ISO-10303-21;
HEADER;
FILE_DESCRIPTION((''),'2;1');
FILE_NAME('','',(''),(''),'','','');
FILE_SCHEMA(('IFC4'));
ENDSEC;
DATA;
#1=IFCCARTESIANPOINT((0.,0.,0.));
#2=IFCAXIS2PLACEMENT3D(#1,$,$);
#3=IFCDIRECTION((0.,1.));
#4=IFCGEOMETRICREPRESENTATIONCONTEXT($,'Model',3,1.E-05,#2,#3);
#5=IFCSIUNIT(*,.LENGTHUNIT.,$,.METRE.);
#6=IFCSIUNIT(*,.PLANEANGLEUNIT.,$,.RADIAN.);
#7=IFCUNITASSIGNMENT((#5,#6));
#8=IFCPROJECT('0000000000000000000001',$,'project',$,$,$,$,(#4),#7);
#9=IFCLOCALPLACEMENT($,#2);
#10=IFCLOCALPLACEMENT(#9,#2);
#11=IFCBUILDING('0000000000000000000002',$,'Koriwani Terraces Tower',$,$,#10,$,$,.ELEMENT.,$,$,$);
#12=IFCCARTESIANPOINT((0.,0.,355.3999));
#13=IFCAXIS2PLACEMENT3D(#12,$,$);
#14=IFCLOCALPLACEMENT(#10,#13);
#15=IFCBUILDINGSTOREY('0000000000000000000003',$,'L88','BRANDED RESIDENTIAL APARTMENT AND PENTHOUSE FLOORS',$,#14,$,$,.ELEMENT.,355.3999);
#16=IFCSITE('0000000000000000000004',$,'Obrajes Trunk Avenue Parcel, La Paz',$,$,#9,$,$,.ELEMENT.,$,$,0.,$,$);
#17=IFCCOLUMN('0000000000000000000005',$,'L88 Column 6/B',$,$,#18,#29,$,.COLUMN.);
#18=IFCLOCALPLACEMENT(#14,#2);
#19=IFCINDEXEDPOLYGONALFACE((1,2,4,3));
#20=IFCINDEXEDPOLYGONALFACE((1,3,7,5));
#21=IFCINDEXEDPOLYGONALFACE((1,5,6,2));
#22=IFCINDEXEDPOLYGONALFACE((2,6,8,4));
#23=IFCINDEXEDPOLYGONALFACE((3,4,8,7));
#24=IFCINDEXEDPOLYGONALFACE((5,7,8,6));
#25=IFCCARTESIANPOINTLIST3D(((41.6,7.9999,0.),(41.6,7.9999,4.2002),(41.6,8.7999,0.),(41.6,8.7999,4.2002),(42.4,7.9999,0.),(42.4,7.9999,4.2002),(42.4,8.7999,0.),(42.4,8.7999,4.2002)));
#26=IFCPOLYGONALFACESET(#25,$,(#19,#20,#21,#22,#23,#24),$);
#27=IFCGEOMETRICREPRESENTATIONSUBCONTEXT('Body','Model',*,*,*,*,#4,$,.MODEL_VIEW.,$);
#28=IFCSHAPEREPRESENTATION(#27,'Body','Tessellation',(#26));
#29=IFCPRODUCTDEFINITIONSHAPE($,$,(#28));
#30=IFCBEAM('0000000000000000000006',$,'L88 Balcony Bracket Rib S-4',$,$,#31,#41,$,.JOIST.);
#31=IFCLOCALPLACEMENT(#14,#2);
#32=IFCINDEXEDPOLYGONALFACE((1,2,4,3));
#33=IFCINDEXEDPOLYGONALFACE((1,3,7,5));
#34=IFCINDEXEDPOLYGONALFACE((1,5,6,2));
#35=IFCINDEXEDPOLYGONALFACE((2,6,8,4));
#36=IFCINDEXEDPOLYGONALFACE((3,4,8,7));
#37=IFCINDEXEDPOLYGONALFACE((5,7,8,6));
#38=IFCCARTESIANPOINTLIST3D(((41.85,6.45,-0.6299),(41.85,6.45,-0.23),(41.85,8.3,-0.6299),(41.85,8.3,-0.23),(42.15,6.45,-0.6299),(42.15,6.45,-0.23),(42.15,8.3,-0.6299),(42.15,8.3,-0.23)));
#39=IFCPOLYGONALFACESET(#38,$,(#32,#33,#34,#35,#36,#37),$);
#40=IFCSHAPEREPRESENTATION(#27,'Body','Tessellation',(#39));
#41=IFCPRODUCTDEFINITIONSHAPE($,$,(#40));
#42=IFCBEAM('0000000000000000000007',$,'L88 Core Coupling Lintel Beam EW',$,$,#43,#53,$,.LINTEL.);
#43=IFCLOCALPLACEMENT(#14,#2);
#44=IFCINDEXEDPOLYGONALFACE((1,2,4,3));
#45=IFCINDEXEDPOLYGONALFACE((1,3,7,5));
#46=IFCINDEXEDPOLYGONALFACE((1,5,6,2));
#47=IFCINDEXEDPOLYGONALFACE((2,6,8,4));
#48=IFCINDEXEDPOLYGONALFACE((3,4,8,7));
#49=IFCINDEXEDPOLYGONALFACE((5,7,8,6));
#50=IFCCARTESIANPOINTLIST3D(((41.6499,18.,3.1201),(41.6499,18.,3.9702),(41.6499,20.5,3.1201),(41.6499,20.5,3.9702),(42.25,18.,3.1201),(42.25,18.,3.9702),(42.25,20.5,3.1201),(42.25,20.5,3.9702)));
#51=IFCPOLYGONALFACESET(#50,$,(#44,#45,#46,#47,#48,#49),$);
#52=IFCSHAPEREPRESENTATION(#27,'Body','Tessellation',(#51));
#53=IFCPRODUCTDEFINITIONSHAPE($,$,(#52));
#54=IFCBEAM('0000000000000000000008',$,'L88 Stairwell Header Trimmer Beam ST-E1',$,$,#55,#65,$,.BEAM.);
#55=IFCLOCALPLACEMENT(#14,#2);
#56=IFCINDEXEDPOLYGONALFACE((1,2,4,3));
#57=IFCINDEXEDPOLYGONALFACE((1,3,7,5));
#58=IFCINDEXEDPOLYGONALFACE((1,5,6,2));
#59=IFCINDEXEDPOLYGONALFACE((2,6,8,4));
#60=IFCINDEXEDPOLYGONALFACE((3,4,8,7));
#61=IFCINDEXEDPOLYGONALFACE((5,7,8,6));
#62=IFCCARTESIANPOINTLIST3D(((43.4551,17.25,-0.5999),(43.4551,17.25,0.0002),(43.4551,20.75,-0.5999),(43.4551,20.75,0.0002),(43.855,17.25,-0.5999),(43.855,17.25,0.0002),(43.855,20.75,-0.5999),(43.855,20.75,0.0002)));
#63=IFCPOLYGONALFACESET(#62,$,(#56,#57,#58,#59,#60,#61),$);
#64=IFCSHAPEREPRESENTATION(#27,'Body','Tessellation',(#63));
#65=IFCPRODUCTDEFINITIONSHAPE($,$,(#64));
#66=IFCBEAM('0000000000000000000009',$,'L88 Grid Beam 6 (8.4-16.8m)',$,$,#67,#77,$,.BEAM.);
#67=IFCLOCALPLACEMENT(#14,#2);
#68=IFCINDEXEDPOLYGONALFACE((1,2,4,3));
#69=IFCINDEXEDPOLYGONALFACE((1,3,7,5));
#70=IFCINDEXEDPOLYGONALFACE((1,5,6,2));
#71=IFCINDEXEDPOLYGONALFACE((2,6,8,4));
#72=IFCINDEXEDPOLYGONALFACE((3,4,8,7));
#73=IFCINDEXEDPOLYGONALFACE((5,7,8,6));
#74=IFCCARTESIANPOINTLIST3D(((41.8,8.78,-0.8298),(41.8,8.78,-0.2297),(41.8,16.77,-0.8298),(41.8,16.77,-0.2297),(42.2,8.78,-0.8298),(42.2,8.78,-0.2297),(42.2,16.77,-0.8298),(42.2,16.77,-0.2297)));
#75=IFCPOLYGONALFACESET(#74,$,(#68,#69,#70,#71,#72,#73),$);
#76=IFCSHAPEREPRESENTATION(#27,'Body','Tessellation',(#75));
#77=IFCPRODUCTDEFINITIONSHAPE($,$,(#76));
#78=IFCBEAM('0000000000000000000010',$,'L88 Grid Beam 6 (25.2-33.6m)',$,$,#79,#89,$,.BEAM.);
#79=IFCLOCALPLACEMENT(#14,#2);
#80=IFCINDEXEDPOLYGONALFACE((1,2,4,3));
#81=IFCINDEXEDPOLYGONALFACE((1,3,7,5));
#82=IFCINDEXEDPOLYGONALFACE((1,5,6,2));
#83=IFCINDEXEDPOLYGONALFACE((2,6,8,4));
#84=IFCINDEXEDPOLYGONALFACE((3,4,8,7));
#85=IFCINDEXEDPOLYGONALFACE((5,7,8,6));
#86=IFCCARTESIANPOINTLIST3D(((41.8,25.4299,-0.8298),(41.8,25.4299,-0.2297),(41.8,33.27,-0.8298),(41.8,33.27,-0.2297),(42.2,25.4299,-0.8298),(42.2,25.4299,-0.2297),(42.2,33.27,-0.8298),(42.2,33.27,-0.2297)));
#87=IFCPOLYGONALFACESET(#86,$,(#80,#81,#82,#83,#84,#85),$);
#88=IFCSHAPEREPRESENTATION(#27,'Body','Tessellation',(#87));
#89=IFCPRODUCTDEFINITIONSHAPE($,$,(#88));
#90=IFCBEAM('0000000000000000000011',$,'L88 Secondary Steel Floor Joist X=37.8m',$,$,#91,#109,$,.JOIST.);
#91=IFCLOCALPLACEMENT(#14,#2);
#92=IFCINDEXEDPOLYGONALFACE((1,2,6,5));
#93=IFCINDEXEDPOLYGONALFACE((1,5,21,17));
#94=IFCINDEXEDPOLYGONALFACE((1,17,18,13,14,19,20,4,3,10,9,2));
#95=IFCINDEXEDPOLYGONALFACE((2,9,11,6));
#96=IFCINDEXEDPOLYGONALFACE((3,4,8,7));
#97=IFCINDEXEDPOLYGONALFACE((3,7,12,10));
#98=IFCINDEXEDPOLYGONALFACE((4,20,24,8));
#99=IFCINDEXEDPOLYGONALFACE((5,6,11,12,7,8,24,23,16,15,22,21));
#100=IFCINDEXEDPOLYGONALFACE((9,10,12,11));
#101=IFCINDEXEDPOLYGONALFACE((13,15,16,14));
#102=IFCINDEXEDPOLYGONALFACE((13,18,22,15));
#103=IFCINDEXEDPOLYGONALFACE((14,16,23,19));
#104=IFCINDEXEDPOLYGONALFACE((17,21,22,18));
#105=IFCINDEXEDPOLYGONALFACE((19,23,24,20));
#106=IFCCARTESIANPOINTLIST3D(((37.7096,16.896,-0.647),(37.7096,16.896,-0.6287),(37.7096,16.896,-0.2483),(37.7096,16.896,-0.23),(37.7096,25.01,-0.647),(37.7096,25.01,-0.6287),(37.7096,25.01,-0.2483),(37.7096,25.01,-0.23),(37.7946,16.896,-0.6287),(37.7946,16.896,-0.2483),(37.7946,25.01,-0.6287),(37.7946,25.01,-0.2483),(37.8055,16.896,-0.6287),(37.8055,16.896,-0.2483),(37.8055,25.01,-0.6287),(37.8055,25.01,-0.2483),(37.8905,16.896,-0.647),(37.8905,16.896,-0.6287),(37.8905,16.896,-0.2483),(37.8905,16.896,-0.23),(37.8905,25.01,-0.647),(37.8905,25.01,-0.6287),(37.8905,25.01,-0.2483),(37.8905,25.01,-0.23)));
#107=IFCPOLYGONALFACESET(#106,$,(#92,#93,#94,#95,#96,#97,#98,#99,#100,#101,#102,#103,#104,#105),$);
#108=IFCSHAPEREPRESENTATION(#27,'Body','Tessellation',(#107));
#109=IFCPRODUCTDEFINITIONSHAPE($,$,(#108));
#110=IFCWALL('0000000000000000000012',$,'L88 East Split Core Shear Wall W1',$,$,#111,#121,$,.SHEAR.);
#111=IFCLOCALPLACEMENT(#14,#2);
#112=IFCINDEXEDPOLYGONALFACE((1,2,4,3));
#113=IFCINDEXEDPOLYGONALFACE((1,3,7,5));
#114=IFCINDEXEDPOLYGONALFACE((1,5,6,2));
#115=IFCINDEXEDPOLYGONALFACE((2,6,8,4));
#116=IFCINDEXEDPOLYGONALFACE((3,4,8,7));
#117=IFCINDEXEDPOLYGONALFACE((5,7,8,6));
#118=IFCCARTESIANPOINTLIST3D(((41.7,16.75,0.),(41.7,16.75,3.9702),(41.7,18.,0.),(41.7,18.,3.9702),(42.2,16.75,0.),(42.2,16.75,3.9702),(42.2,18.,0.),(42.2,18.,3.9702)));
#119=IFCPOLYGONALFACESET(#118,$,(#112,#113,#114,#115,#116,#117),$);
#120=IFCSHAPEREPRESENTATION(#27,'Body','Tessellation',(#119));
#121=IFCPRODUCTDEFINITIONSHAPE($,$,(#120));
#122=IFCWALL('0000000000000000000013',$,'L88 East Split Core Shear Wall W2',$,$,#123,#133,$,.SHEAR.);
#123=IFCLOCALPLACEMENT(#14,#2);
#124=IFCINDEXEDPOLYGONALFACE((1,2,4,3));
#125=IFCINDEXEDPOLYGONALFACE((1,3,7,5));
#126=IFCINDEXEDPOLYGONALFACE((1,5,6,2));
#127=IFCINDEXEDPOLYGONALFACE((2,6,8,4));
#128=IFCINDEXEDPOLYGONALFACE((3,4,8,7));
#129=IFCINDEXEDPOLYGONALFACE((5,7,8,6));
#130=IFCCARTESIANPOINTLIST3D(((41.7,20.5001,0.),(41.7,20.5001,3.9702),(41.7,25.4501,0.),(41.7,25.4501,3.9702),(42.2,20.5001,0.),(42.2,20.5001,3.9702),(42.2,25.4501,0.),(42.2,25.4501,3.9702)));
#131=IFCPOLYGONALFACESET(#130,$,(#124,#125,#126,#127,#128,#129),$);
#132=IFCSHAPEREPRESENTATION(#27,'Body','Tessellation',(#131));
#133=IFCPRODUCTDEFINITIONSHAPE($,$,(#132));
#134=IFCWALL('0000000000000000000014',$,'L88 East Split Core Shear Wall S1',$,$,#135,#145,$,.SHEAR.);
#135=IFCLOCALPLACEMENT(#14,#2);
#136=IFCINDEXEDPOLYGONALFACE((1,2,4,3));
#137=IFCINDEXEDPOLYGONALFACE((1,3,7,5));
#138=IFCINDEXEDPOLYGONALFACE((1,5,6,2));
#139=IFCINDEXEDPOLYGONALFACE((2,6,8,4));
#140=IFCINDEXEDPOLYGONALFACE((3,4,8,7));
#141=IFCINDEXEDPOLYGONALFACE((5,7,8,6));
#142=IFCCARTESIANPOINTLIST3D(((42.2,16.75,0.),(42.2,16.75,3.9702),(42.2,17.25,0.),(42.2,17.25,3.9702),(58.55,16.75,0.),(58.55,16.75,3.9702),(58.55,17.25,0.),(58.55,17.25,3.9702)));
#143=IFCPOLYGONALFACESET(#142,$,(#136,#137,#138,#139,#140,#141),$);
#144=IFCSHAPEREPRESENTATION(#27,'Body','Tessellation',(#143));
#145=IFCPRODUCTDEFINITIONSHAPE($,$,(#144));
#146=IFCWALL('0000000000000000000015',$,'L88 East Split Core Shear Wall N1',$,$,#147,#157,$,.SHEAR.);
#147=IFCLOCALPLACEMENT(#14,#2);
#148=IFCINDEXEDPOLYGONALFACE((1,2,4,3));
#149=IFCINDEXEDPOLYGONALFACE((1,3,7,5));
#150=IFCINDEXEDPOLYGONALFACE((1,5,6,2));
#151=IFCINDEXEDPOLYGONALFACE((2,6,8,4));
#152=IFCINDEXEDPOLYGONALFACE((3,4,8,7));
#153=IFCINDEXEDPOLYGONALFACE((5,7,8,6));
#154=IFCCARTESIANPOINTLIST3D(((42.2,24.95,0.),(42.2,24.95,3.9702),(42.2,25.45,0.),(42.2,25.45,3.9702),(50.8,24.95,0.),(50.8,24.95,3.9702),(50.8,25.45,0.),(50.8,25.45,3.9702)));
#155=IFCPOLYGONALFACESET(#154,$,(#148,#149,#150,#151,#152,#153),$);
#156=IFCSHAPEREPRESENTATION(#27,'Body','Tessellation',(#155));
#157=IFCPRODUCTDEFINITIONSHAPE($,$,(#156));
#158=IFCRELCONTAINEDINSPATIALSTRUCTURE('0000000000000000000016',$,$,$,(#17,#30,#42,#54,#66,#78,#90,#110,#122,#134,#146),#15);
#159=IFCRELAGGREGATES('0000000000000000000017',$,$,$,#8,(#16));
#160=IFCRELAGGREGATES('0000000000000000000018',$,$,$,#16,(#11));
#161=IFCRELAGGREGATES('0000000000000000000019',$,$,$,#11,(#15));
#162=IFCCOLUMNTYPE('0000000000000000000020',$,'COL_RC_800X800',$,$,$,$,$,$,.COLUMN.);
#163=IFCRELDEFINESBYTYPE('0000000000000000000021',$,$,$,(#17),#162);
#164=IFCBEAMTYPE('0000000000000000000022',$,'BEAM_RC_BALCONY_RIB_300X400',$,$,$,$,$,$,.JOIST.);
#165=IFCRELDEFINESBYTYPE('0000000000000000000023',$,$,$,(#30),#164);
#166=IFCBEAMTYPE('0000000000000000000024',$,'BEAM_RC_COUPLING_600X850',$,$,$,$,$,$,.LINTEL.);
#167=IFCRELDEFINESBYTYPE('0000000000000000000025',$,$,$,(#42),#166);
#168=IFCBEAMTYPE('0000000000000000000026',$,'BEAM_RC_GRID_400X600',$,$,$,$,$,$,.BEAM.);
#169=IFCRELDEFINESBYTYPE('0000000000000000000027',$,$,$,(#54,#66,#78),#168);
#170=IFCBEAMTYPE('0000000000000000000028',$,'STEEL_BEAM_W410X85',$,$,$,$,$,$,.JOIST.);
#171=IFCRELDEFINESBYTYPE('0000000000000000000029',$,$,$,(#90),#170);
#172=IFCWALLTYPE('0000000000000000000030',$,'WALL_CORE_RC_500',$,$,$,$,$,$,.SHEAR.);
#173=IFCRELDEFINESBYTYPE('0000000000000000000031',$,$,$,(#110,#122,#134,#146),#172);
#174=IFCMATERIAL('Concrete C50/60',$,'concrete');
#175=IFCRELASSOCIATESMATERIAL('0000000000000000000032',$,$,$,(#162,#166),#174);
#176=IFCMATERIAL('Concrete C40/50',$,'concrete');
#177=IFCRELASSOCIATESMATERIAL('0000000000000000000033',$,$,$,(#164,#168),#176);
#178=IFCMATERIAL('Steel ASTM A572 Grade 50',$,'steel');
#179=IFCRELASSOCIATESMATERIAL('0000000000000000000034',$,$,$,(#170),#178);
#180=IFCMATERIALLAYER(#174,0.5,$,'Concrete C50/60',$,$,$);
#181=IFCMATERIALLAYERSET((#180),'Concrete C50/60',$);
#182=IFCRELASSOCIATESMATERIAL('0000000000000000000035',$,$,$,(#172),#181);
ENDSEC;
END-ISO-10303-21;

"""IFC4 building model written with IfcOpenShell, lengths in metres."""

from ifc_helpers import new_model, si_unit, direction, frame, frame_2d, origin, origin_2d, place, context, subcontext, project, spatial, rectangle, i_section, extrude, material, layer, layer_set, material_profile, profile_set, type_object, element, save


model = new_model("IFC4")

# Units and contexts
model_context = context("Model", 3, precision=1e-05, world=origin(), true_north=direction((0.0, 1.0)))
body_context = subcontext(model_context, "Body", "Model", "MODEL_VIEW")
ifc_project = project(units=[si_unit("LENGTHUNIT", "METRE"), si_unit("PLANEANGLEUNIT", "RADIAN")], contexts=[model_context])

# Site, building, storey
site_placement = place(None, origin())
site = spatial("IfcSite", under=ifc_project, at=site_placement, Name="Obrajes Trunk Avenue Parcel, La Paz", CompositionType="ELEMENT", RefElevation=0.0)
building_placement = place(site_placement, origin())
building = spatial("IfcBuilding", under=site, at=building_placement, Name="Koriwani Terraces Tower", CompositionType="ELEMENT")
storey_placement = place(building_placement, frame((0.0, 0.0, 355.3999)))
storey = spatial("IfcBuildingStorey", under=building, at=storey_placement, Name="L88", Description="BRANDED RESIDENTIAL APARTMENT AND PENTHOUSE FLOORS", CompositionType="ELEMENT", Elevation=355.3999)

# Column
ifc_material_1 = material(Name="Concrete C50/60", Category="concrete")
ifc_material_profile_1 = material_profile(ifc_material_1, rectangle(XDim=0.8, YDim=0.8, at=origin_2d()), Name="Concrete C50/60", Category="LoadBearing")
ifc_profile_set_1 = profile_set([ifc_material_profile_1], Name="Concrete C50/60")
column_type = type_object("IfcColumnType", Name="COL_RC_800X800", PredefinedType="COLUMN", material=ifc_profile_set_1)
column_placement = place(storey_placement, frame((42.0, 8.3999, 0.0), z_axis=(0.0, 0.0, 1.0), x_axis=(1.0, 0.0, 0.0)))
element("IfcColumn", 1, at=column_placement, inside=storey, type_object=column_type, Name="L88 Column 6/B", PredefinedType="COLUMN", context=body_context, shape_type="SweptSolid", body=[
    extrude(rectangle(XDim=0.8, YDim=0.8, at=origin_2d()), origin(), (0.0, 0.0, 1.0), 4.2002),
])

# Beams
ifc_material_2 = material(Name="Concrete C40/50", Category="concrete")
ifc_material_profile_2 = material_profile(ifc_material_2, rectangle(XDim=0.3, YDim=0.3999, at=origin_2d()), Name="Concrete C40/50", Category="LoadBearing")
ifc_profile_set_2 = profile_set([ifc_material_profile_2], Name="Concrete C40/50")
beam_type_1 = type_object("IfcBeamType", Name="BEAM_RC_BALCONY_RIB_300X400", PredefinedType="JOIST", material=ifc_profile_set_2)
beam_1_placement = place(storey_placement, frame((42.0, 6.45, -0.4299), z_axis=(0.0, 1.0, 0.0), x_axis=(-1.0, 0.0, 0.0)))
element("IfcBeam", 2, at=beam_1_placement, inside=storey, type_object=beam_type_1, Name="L88 Balcony Bracket Rib S-4", PredefinedType="JOIST", context=body_context, shape_type="SweptSolid", body=[
    extrude(rectangle(XDim=0.3, YDim=0.3999, at=origin_2d()), origin(), (0.0, 0.0, 1.0), 1.8501),
])
ifc_material_profile_3 = material_profile(ifc_material_1, rectangle(XDim=0.6001, YDim=0.8501, at=origin_2d()), Name="Concrete C50/60", Category="LoadBearing")
ifc_profile_set_3 = profile_set([ifc_material_profile_3], Name="Concrete C50/60")
beam_type_2 = type_object("IfcBeamType", Name="BEAM_RC_COUPLING_600X850", PredefinedType="LINTEL", material=ifc_profile_set_3)
beam_2_placement = place(storey_placement, frame((41.95, 18.0, 3.5452), z_axis=(0.0, 1.0, 0.0), x_axis=(-1.0, 0.0, 0.0)))
element("IfcBeam", 3, at=beam_2_placement, inside=storey, type_object=beam_type_2, Name="L88 Core Coupling Lintel Beam EW", PredefinedType="LINTEL", context=body_context, shape_type="SweptSolid", body=[
    extrude(rectangle(XDim=0.6001, YDim=0.8501, at=origin_2d()), origin(), (0.0, 0.0, 1.0), 2.5),
])
ifc_material_profile_4 = material_profile(ifc_material_2, rectangle(XDim=0.3999, YDim=0.6001, at=origin_2d()), Name="Concrete C40/50", Category="LoadBearing")
ifc_profile_set_4 = profile_set([ifc_material_profile_4], Name="Concrete C40/50")
beam_type_3 = type_object("IfcBeamType", Name="BEAM_RC_GRID_400X600", PredefinedType="BEAM", material=ifc_profile_set_4)
beam_3_placement = place(storey_placement, frame((43.655, 17.25, -0.2998), z_axis=(0.0, 1.0, 0.0), x_axis=(-1.0, 0.0, 0.0)))
element("IfcBeam", 4, at=beam_3_placement, inside=storey, type_object=beam_type_3, Name="L88 Stairwell Header Trimmer Beam ST-E1", PredefinedType="BEAM", context=body_context, shape_type="SweptSolid", body=[
    extrude(rectangle(XDim=0.3999, YDim=0.6001, at=origin_2d()), origin(), (0.0, 0.0, 1.0), 3.5),
])
beam_4_placement = place(storey_placement, frame((42.0, 8.78, -0.5298), z_axis=(0.0, 1.0, 0.0), x_axis=(-1.0, 0.0, 0.0)))
element("IfcBeam", 5, at=beam_4_placement, inside=storey, type_object=beam_type_3, Name="L88 Grid Beam 6 (8.4-16.8m)", PredefinedType="BEAM", context=body_context, shape_type="SweptSolid", body=[
    extrude(rectangle(XDim=0.3999, YDim=0.6001, at=origin_2d()), origin(), (0.0, 0.0, 1.0), 7.99),
])
beam_5_placement = place(storey_placement, frame((42.0, 25.4299, -0.5298), z_axis=(0.0, 1.0, 0.0), x_axis=(-1.0, 0.0, 0.0)))
element("IfcBeam", 6, at=beam_5_placement, inside=storey, type_object=beam_type_3, Name="L88 Grid Beam 6 (25.2-33.6m)", PredefinedType="BEAM", context=body_context, shape_type="SweptSolid", body=[
    extrude(rectangle(XDim=0.3999, YDim=0.6001, at=origin_2d()), origin(), (0.0, 0.0, 1.0), 7.8401),
])
ifc_material_3 = material(Name="Steel ASTM A572 Grade 50", Category="steel")
ifc_material_profile_5 = material_profile(ifc_material_3, i_section(OverallWidth=0.1809, OverallDepth=0.417, WebThickness=0.011, FlangeThickness=0.0183, at=origin_2d()), Name="Steel ASTM A572 Grade 50", Category="LoadBearing")
ifc_profile_set_5 = profile_set([ifc_material_profile_5], Name="Steel ASTM A572 Grade 50")
beam_type_4 = type_object("IfcBeamType", Name="STEEL_BEAM_W410X85", PredefinedType="JOIST", material=ifc_profile_set_5)
beam_6_placement = place(storey_placement, frame((37.8, 16.896, -0.4385), z_axis=(0.0, 1.0, 0.0), x_axis=(-1.0, 0.0, 0.0)))
element("IfcBeam", 7, at=beam_6_placement, inside=storey, type_object=beam_type_4, Name="L88 Secondary Steel Floor Joist X=37.8m", PredefinedType="JOIST", context=body_context, shape_type="SweptSolid", body=[
    extrude(i_section(OverallWidth=0.1809, OverallDepth=0.417, WebThickness=0.011, FlangeThickness=0.0183, at=origin_2d()), origin(), (0.0, 0.0, 1.0), 8.114),
])

# Walls
ifc_layer_1 = layer(ifc_material_1, 0.5, Name="Concrete C50/60")
ifc_layer_set_1 = layer_set([ifc_layer_1], Name="Concrete C50/60")
wall_type_1 = type_object("IfcWallType", Name="WALL_CORE_RC_500", PredefinedType="SHEAR", material=ifc_layer_set_1)
wall_1_placement = place(storey_placement, frame((41.95, 16.75, 0.0), z_axis=(0.0, 0.0, 1.0), x_axis=(0.0, 1.0, 0.0)))
element("IfcWall", 8, at=wall_1_placement, inside=storey, type_object=wall_type_1, Name="L88 East Split Core Shear Wall W1", PredefinedType="SHEAR", context=body_context, shape_type="SweptSolid", body=[
    extrude(rectangle(XDim=1.25, YDim=0.5, at=frame_2d((0.625, 0.0))), origin(), (0.0, 0.0, 1.0), 3.9702),
])
wall_2_placement = place(storey_placement, frame((41.95, 20.5, 0.0), z_axis=(0.0, 0.0, 1.0), x_axis=(0.0, 1.0, 0.0)))
element("IfcWall", 9, at=wall_2_placement, inside=storey, type_object=wall_type_1, Name="L88 East Split Core Shear Wall W2", PredefinedType="SHEAR", context=body_context, shape_type="SweptSolid", body=[
    extrude(rectangle(XDim=4.95, YDim=0.5, at=frame_2d((2.4751, 0.0))), origin(), (0.0, 0.0, 1.0), 3.9702),
])
wall_3_placement = place(storey_placement, frame((42.2, 17.0, 0.0), z_axis=(0.0, 0.0, 1.0), x_axis=(1.0, 0.0, 0.0)))
element("IfcWall", 10, at=wall_3_placement, inside=storey, type_object=wall_type_1, Name="L88 East Split Core Shear Wall S1", PredefinedType="SHEAR", context=body_context, shape_type="SweptSolid", body=[
    extrude(rectangle(XDim=16.3501, YDim=0.5, at=frame_2d((8.175, 0.0))), origin(), (0.0, 0.0, 1.0), 3.9702),
])
wall_4_placement = place(storey_placement, frame((42.2, 25.2, 0.0), z_axis=(0.0, 0.0, 1.0), x_axis=(1.0, 0.0, 0.0)))
element("IfcWall", 11, at=wall_4_placement, inside=storey, type_object=wall_type_1, Name="L88 East Split Core Shear Wall N1", PredefinedType="SHEAR", context=body_context, shape_type="SweptSolid", body=[
    extrude(rectangle(XDim=8.6001, YDim=0.5, at=frame_2d((4.3, 0.0))), origin(), (0.0, 0.0, 1.0), 3.9702),
])

save(model, "model.ifc")
